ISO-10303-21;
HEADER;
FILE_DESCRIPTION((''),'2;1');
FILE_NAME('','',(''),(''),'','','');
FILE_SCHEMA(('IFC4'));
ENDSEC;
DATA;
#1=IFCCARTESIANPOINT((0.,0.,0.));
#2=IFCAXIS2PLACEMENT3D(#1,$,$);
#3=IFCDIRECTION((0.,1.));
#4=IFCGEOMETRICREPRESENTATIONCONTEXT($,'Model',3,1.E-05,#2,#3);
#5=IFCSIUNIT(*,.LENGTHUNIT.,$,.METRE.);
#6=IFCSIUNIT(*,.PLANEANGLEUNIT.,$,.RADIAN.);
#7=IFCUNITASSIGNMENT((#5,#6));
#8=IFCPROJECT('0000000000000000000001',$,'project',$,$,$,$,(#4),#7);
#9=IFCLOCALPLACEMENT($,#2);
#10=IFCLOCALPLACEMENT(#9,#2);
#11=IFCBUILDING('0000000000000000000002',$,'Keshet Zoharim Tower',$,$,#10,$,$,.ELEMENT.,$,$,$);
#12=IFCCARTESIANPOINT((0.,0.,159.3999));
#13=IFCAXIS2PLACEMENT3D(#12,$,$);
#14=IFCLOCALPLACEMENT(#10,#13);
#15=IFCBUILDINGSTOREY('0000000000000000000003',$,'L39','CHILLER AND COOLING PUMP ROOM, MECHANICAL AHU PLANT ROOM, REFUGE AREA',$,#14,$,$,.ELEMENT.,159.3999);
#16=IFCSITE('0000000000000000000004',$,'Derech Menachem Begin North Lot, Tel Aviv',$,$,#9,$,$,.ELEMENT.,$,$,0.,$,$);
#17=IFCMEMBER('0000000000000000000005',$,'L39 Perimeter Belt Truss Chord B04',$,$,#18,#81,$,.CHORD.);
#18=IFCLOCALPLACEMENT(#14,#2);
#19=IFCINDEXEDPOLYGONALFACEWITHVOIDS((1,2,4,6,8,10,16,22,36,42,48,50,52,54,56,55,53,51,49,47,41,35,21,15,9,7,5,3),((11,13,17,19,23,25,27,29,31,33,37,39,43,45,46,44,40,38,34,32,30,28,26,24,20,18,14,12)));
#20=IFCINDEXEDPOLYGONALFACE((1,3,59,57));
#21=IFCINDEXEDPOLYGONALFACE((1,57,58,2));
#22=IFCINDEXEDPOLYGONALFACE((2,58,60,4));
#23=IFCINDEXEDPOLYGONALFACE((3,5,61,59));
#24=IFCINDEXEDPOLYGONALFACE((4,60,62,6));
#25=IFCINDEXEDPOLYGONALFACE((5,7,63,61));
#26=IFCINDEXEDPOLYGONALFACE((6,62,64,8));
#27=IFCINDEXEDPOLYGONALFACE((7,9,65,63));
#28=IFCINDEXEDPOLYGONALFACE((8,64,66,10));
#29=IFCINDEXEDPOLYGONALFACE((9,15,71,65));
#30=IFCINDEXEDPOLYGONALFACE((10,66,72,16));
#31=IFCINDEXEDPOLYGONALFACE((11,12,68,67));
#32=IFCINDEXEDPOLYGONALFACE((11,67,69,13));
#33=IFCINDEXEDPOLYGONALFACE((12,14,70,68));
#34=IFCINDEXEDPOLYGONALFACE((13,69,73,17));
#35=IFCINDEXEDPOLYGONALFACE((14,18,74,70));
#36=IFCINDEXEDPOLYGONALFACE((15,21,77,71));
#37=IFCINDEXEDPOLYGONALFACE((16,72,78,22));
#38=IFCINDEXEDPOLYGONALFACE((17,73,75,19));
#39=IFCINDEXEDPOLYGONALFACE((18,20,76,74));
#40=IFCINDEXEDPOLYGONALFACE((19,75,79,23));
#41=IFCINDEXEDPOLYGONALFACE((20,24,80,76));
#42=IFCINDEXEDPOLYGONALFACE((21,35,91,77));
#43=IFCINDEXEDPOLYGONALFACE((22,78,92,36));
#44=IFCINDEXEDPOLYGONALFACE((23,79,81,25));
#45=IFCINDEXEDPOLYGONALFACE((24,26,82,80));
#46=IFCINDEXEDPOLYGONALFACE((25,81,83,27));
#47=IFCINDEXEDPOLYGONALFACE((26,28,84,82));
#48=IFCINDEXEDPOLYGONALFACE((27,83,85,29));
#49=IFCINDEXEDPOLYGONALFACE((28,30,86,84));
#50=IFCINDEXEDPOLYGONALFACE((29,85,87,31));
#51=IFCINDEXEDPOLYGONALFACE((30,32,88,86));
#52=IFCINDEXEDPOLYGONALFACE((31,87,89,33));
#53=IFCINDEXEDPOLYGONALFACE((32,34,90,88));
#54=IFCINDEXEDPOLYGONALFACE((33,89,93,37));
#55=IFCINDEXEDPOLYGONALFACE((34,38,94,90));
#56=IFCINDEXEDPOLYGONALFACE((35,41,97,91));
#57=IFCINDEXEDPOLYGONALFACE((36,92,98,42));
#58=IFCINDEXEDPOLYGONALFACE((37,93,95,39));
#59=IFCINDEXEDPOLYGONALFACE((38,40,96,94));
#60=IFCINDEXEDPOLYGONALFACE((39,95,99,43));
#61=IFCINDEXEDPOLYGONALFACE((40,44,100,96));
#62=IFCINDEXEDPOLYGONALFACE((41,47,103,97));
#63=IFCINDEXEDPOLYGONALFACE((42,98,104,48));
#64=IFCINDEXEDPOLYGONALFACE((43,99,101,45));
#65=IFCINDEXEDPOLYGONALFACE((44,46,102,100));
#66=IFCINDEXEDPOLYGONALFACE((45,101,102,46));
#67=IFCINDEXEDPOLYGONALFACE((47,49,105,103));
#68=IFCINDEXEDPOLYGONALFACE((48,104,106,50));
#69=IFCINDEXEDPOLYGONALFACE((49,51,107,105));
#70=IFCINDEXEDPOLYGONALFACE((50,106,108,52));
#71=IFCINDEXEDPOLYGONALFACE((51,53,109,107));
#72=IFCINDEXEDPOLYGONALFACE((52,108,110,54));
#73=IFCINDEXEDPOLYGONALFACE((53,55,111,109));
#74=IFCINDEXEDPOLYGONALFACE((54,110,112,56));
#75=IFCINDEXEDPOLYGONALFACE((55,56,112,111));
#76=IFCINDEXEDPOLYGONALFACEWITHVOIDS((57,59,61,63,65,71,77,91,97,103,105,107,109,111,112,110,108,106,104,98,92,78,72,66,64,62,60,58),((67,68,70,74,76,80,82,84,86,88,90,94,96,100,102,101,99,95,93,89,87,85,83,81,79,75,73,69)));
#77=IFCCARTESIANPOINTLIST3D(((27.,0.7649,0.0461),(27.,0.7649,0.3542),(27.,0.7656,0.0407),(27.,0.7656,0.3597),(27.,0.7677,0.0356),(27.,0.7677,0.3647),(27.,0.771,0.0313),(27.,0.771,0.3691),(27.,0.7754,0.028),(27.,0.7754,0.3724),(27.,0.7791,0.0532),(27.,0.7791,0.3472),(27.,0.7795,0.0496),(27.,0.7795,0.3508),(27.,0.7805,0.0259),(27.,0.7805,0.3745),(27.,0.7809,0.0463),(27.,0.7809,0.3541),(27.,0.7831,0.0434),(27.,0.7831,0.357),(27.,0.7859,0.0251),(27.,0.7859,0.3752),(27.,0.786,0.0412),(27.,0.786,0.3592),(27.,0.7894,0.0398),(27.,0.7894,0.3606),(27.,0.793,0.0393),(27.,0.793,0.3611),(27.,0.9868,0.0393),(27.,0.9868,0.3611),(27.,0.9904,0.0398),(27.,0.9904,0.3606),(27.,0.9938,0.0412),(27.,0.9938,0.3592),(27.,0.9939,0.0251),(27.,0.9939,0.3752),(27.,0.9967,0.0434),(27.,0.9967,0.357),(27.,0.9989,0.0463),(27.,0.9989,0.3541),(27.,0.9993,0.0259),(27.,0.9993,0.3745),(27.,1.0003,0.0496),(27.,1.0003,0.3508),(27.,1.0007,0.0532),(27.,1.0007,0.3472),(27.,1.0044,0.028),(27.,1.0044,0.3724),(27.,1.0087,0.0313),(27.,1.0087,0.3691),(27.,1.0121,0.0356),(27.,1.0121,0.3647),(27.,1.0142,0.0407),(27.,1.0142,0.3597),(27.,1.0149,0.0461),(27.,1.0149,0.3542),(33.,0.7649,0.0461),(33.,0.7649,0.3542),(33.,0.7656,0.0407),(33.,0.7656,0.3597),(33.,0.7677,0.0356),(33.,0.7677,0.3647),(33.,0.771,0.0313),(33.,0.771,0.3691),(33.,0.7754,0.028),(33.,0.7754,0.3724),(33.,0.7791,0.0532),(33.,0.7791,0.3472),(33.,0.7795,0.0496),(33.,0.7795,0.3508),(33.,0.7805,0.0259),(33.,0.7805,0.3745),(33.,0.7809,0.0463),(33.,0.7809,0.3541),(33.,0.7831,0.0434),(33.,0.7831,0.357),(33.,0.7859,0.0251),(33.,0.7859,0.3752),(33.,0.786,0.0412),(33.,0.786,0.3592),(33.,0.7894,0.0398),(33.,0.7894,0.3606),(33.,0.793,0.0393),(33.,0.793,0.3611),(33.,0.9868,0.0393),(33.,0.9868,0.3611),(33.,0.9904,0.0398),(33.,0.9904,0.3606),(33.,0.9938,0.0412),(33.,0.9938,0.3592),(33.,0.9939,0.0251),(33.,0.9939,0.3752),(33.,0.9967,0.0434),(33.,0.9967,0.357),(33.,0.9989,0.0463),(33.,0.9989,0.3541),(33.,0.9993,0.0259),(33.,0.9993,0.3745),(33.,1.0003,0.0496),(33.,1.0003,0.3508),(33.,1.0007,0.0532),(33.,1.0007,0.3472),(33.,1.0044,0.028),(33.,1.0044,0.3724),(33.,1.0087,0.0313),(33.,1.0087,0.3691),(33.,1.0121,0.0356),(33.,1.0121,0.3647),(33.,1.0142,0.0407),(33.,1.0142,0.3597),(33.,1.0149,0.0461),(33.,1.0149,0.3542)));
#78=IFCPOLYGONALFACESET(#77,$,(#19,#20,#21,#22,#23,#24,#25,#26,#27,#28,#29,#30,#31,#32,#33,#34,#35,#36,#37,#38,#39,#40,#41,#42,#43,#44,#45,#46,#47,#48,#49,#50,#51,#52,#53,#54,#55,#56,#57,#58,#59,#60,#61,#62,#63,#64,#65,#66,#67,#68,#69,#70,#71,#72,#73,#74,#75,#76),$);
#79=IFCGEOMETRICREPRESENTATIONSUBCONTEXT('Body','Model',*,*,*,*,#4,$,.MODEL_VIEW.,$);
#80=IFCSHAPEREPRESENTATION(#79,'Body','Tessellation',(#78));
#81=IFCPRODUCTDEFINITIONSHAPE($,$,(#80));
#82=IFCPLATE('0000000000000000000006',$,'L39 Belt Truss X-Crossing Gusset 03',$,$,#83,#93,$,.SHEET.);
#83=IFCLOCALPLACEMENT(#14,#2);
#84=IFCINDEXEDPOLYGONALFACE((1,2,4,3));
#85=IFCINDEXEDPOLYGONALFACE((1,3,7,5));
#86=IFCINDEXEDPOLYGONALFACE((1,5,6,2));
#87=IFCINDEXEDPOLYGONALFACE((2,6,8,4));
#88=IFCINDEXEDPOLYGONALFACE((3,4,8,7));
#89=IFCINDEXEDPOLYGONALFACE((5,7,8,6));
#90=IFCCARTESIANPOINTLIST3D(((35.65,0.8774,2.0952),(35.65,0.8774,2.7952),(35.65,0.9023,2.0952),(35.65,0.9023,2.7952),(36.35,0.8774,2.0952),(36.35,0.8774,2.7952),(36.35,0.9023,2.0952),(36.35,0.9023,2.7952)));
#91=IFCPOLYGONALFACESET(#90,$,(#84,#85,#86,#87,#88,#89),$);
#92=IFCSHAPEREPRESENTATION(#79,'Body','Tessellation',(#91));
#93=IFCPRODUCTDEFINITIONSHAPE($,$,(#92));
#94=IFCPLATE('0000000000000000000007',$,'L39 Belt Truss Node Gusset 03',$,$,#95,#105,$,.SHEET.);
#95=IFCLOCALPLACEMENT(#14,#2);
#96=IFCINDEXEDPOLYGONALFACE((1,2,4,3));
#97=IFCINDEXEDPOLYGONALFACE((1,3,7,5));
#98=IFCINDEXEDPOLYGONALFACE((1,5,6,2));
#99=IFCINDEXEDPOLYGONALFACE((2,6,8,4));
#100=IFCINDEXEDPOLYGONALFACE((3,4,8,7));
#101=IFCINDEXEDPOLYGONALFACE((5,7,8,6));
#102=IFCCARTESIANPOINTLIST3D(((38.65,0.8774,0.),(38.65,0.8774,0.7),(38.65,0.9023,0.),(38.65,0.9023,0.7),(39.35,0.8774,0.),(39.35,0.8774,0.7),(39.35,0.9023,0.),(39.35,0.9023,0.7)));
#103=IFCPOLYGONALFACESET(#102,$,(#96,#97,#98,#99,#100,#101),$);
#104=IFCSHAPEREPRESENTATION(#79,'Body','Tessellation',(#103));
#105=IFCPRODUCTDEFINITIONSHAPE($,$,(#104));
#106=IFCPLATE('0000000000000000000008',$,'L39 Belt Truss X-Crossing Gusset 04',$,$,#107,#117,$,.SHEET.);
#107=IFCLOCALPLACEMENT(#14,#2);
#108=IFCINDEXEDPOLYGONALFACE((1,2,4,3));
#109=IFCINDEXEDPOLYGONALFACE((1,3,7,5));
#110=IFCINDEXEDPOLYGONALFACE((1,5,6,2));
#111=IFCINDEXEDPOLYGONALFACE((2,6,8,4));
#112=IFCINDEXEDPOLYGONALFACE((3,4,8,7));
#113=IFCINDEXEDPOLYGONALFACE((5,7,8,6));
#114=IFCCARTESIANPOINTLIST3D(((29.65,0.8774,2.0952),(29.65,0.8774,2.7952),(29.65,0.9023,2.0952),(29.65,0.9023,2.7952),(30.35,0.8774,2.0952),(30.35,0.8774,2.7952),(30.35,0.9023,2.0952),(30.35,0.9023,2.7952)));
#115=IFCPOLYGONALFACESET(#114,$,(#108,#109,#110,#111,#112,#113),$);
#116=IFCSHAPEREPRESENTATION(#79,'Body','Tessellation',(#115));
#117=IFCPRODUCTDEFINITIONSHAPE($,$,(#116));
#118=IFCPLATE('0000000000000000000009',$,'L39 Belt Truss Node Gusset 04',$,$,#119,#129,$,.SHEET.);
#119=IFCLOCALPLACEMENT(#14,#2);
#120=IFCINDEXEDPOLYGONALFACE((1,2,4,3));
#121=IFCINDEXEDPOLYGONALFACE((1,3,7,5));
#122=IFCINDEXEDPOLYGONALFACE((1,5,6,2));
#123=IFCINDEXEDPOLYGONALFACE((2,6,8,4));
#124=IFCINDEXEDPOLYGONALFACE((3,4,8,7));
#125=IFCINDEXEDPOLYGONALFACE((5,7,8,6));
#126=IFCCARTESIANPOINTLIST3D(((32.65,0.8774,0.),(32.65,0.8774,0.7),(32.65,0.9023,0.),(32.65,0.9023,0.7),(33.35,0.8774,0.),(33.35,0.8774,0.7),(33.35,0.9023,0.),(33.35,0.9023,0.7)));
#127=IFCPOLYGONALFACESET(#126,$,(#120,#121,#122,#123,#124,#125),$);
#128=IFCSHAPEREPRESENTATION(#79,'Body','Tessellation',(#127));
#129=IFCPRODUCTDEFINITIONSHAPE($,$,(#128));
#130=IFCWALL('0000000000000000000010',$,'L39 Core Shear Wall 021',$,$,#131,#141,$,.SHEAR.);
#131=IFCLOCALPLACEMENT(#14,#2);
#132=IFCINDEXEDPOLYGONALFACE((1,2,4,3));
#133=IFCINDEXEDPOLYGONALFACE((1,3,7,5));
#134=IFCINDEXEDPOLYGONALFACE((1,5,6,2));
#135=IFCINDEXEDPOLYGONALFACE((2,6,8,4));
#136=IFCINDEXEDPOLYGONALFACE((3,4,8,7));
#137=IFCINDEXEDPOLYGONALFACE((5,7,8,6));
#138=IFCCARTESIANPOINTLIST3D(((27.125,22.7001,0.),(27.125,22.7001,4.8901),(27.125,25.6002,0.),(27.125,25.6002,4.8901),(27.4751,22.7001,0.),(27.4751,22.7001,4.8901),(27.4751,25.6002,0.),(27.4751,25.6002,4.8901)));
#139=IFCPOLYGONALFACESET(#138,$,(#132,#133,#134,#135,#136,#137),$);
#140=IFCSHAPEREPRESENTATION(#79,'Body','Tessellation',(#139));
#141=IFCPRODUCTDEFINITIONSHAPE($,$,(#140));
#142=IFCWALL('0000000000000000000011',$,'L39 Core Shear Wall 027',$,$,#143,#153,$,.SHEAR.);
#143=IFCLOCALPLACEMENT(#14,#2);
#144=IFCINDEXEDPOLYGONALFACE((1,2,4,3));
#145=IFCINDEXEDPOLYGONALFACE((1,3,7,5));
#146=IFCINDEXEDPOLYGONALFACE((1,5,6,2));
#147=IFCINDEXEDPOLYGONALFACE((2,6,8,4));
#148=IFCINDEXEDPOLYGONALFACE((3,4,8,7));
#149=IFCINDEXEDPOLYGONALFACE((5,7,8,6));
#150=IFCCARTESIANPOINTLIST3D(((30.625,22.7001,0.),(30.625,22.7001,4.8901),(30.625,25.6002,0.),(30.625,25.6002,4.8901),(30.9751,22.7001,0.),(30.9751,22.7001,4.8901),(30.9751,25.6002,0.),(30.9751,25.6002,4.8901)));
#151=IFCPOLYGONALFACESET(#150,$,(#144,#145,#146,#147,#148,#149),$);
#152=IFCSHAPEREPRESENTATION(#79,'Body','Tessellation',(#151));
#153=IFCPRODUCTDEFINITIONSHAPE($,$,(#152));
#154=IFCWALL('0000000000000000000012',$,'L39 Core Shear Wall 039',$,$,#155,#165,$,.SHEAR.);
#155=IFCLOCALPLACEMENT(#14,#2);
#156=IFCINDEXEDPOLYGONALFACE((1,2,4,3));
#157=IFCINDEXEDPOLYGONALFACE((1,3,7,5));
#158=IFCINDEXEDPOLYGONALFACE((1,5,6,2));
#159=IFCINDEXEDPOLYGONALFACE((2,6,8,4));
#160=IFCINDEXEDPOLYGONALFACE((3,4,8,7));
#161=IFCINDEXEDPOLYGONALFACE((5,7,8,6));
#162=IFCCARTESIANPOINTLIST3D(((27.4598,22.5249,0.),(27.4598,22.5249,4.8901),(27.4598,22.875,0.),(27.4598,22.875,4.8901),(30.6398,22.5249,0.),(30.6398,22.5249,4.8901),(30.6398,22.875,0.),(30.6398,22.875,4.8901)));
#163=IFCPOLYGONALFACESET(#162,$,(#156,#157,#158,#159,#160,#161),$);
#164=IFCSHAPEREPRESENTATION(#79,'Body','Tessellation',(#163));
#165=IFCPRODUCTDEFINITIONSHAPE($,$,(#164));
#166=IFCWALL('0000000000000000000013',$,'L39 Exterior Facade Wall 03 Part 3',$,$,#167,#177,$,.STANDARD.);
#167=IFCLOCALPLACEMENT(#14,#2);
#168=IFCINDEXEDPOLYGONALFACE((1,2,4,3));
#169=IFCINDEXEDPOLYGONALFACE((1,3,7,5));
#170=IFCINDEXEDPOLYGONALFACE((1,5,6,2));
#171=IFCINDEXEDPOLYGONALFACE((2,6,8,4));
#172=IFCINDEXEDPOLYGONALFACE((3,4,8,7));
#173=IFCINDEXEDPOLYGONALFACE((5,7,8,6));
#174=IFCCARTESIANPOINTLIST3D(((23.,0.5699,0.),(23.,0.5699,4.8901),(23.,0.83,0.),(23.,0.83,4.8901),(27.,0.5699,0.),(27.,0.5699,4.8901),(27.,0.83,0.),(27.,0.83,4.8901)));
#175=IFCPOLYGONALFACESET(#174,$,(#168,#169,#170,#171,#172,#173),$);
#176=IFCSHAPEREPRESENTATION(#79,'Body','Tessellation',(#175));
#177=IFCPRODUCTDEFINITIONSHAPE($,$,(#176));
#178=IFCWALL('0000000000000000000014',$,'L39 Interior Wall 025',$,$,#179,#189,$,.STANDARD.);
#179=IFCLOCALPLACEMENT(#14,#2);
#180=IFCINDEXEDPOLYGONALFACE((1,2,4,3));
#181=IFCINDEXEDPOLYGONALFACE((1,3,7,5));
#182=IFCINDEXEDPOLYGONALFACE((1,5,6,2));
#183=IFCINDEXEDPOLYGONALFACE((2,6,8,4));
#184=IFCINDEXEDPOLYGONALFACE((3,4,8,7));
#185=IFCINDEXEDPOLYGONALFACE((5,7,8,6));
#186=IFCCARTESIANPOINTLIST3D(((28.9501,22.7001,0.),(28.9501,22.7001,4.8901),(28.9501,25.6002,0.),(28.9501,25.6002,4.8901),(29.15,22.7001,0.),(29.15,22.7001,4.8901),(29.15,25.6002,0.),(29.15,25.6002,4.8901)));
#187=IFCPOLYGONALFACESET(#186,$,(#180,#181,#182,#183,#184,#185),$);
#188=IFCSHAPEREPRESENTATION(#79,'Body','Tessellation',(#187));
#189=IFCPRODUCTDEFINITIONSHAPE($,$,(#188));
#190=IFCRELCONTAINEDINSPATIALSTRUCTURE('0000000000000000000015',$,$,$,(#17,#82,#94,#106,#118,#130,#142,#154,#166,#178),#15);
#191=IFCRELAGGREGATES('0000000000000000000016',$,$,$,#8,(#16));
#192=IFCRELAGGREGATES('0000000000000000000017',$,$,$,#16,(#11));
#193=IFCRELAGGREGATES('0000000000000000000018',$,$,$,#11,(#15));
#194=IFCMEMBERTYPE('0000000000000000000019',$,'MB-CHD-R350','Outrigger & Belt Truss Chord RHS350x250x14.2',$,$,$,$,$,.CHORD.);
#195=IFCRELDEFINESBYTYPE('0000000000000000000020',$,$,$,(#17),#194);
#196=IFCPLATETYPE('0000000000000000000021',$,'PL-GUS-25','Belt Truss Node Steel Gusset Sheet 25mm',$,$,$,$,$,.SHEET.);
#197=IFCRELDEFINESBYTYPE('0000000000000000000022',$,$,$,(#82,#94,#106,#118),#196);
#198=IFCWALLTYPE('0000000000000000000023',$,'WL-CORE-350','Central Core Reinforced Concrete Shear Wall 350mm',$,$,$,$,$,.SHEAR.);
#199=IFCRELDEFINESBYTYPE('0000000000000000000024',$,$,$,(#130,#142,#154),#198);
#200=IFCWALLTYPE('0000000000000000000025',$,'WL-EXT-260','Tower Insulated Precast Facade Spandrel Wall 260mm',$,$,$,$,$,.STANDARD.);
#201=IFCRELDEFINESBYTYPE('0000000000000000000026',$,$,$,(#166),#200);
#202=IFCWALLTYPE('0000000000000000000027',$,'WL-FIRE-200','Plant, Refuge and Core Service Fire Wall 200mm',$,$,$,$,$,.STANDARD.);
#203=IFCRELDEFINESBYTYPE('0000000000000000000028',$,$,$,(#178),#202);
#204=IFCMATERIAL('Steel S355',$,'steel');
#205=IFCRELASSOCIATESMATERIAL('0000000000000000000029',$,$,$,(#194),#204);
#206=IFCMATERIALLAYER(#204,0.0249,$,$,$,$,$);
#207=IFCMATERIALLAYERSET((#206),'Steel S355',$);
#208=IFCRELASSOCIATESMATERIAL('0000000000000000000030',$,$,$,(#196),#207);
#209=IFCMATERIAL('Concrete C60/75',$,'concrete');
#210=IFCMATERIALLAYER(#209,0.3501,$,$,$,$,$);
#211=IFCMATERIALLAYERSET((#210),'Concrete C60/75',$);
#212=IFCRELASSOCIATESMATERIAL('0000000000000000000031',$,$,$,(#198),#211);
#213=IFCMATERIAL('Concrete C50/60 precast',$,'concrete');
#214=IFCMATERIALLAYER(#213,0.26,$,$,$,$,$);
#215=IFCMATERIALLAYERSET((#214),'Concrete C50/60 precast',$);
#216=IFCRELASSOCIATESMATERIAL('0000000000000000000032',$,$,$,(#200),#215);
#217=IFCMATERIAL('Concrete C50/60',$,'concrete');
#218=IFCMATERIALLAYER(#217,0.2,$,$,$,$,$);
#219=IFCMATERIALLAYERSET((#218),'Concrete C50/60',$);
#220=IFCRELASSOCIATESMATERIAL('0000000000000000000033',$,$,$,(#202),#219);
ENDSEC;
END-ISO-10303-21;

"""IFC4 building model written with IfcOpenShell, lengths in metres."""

from ifc_helpers import new_model, si_unit, direction, frame, frame_2d, origin, origin_2d, place, context, subcontext, project, spatial, rectangle, hollow_rectangle, extrude, material, layer, layer_set, material_profile, profile_set, type_object, element, save


model = new_model("IFC4")

# Units and contexts
model_context = context("Model", 3, precision=1e-05, world=origin(), true_north=direction((0.0, 1.0)))
body_context = subcontext(model_context, "Body", "Model", "MODEL_VIEW")
ifc_project = project(units=[si_unit("LENGTHUNIT", "METRE"), si_unit("PLANEANGLEUNIT", "RADIAN")], contexts=[model_context])

# Site, building, storey
site_placement = place(None, origin())
site = spatial("IfcSite", under=ifc_project, at=site_placement, Name="Derech Menachem Begin North Lot, Tel Aviv", CompositionType="ELEMENT", RefElevation=0.0)
building_placement = place(site_placement, origin())
building = spatial("IfcBuilding", under=site, at=building_placement, Name="Keshet Zoharim Tower", CompositionType="ELEMENT")
storey_placement = place(building_placement, frame((0.0, 0.0, 159.3999)))
storey = spatial("IfcBuildingStorey", under=building, at=storey_placement, Name="L39", Description="CHILLER AND COOLING PUMP ROOM, MECHANICAL AHU PLANT ROOM, REFUGE AREA", CompositionType="ELEMENT", Elevation=159.3999)

# Shared definitions
ifc_material_1 = material(Name="Steel S355", Category="steel")
ifc_material_2 = material(Name="Concrete C60/75", Category="concrete")

# Member
ifc_material_profile_1 = material_profile(ifc_material_1, hollow_rectangle(XDim=0.25, YDim=0.3501, WallThickness=0.0142, InnerFilletRadius=0.0139, OuterFilletRadius=0.021, at=origin_2d()), Name="RHS350x250x14.2")
ifc_profile_set_1 = profile_set([ifc_material_profile_1], Name="Steel S355")
member_type_1 = type_object("IfcMemberType", Name="MB-CHD-R350", Description="Outrigger & Belt Truss Chord RHS350x250x14.2", PredefinedType="CHORD", material=ifc_profile_set_1)
for number, where, z_axis, x_axis, name in (
    (1, (33.0, 0.8899, 0.2002), (-1.0, 0.0, 0.0), (0.0, -1.0, 0.0), "L39 Perimeter Belt Truss Chord B04"),
):
    element("IfcMember", number, at=place(storey_placement, frame(where, z_axis=z_axis, x_axis=x_axis)), inside=storey, type_object=member_type_1, Name=name, PredefinedType="CHORD", context=body_context, shape_type="SweptSolid", body=[
        extrude(hollow_rectangle(XDim=0.25, YDim=0.3501, WallThickness=0.0142, InnerFilletRadius=0.0139, OuterFilletRadius=0.021, at=origin_2d()), origin(), (0.0, 0.0, 1.0), 6.0),
    ])

# Plates
ifc_layer_1 = layer(ifc_material_1, 0.0249)
ifc_layer_set_1 = layer_set([ifc_layer_1], Name="Steel S355")
plate_type = type_object("IfcPlateType", Name="PL-GUS-25", Description="Belt Truss Node Steel Gusset Sheet 25mm", PredefinedType="SHEET", material=ifc_layer_set_1)
for number, where, z_axis, x_axis, name in (
    (2, (36.0, 0.8899, 2.0952), (0.0, 0.0, 1.0), (-1.0, 0.0, 0.0), "L39 Belt Truss X-Crossing Gusset 03"),
    (3, (39.0, 0.8899, 0.0), (0.0, 0.0, 1.0), (-1.0, 0.0, 0.0), "L39 Belt Truss Node Gusset 03"),
    (4, (30.0, 0.8899, 2.0952), (0.0, 0.0, 1.0), (-1.0, 0.0, 0.0), "L39 Belt Truss X-Crossing Gusset 04"),
    (5, (33.0, 0.8899, 0.0), (0.0, 0.0, 1.0), (-1.0, 0.0, 0.0), "L39 Belt Truss Node Gusset 04"),
):
    element("IfcPlate", number, at=place(storey_placement, frame(where, z_axis=z_axis, x_axis=x_axis)), inside=storey, type_object=plate_type, Name=name, PredefinedType="SHEET", context=body_context, shape_type="SweptSolid", body=[
        extrude(rectangle(XDim=0.7, YDim=0.0249, at=origin_2d()), origin(), (0.0, 0.0, 1.0), 0.7),
    ])

# Walls
ifc_layer_2 = layer(ifc_material_2, 0.3501)
ifc_layer_set_2 = layer_set([ifc_layer_2], Name="Concrete C60/75")
wall_type_1 = type_object("IfcWallType", Name="WL-CORE-350", Description="Central Core Reinforced Concrete Shear Wall 350mm", PredefinedType="SHEAR", material=ifc_layer_set_2)
for number, where, z_axis, x_axis, name in (
    (6, (27.3, 22.7, 0.0), (0.0, 0.0, 1.0), (0.0, 1.0, 0.0), "L39 Core Shear Wall 021"),
    (7, (30.8, 22.7, 0.0), (0.0, 0.0, 1.0), (0.0, 1.0, 0.0), "L39 Core Shear Wall 027"),
):
    element("IfcWall", number, at=place(storey_placement, frame(where, z_axis=z_axis, x_axis=x_axis)), inside=storey, type_object=wall_type_1, Name=name, PredefinedType="SHEAR", context=body_context, shape_type="SweptSolid", body=[
        extrude(rectangle(XDim=2.9001, YDim=0.3501, at=frame_2d((1.4502, 0.0))), origin(), (0.0, 0.0, 1.0), 4.8901),
    ])
wall_1_placement = place(storey_placement, frame((27.46, 22.7, 0.0), z_axis=(0.0, 0.0, 1.0), x_axis=(1.0, 0.0, 0.0)))
element("IfcWall", 8, at=wall_1_placement, inside=storey, type_object=wall_type_1, Name="L39 Core Shear Wall 039", PredefinedType="SHEAR", context=body_context, shape_type="SweptSolid", body=[
    extrude(rectangle(XDim=3.1799, YDim=0.3501, at=frame_2d((1.5898, 0.0))), origin(), (0.0, 0.0, 1.0), 4.8901),
])
ifc_material_3 = material(Name="Concrete C50/60 precast", Category="concrete")
ifc_layer_3 = layer(ifc_material_3, 0.26)
ifc_layer_set_3 = layer_set([ifc_layer_3], Name="Concrete C50/60 precast")
wall_type_2 = type_object("IfcWallType", Name="WL-EXT-260", Description="Tower Insulated Precast Facade Spandrel Wall 260mm", PredefinedType="STANDARD", material=ifc_layer_set_3)
wall_2_placement = place(storey_placement, frame((27.0, 0.7, 0.0), z_axis=(0.0, 0.0, 1.0), x_axis=(-1.0, 0.0, 0.0)))
element("IfcWall", 9, at=wall_2_placement, inside=storey, type_object=wall_type_2, Name="L39 Exterior Facade Wall 03 Part 3", PredefinedType="STANDARD", context=body_context, shape_type="SweptSolid", body=[
    extrude(rectangle(XDim=4.0, YDim=0.26, at=frame_2d((2.0, 0.0))), origin(), (0.0, 0.0, 1.0), 4.8901),
])
ifc_material_4 = material(Name="Concrete C50/60", Category="concrete")
ifc_layer_4 = layer(ifc_material_4, 0.2)
ifc_layer_set_4 = layer_set([ifc_layer_4], Name="Concrete C50/60")
wall_type_3 = type_object("IfcWallType", Name="WL-FIRE-200", Description="Plant, Refuge and Core Service Fire Wall 200mm", PredefinedType="STANDARD", material=ifc_layer_set_4)
wall_3_placement = place(storey_placement, frame((29.05, 22.7, 0.0), z_axis=(0.0, 0.0, 1.0), x_axis=(0.0, 1.0, 0.0)))
element("IfcWall", 10, at=wall_3_placement, inside=storey, type_object=wall_type_3, Name="L39 Interior Wall 025", PredefinedType="STANDARD", context=body_context, shape_type="SweptSolid", body=[
    extrude(rectangle(XDim=2.9001, YDim=0.2, at=frame_2d((1.4502, 0.0))), origin(), (0.0, 0.0, 1.0), 4.8901),
])

save(model, "model.ifc")
